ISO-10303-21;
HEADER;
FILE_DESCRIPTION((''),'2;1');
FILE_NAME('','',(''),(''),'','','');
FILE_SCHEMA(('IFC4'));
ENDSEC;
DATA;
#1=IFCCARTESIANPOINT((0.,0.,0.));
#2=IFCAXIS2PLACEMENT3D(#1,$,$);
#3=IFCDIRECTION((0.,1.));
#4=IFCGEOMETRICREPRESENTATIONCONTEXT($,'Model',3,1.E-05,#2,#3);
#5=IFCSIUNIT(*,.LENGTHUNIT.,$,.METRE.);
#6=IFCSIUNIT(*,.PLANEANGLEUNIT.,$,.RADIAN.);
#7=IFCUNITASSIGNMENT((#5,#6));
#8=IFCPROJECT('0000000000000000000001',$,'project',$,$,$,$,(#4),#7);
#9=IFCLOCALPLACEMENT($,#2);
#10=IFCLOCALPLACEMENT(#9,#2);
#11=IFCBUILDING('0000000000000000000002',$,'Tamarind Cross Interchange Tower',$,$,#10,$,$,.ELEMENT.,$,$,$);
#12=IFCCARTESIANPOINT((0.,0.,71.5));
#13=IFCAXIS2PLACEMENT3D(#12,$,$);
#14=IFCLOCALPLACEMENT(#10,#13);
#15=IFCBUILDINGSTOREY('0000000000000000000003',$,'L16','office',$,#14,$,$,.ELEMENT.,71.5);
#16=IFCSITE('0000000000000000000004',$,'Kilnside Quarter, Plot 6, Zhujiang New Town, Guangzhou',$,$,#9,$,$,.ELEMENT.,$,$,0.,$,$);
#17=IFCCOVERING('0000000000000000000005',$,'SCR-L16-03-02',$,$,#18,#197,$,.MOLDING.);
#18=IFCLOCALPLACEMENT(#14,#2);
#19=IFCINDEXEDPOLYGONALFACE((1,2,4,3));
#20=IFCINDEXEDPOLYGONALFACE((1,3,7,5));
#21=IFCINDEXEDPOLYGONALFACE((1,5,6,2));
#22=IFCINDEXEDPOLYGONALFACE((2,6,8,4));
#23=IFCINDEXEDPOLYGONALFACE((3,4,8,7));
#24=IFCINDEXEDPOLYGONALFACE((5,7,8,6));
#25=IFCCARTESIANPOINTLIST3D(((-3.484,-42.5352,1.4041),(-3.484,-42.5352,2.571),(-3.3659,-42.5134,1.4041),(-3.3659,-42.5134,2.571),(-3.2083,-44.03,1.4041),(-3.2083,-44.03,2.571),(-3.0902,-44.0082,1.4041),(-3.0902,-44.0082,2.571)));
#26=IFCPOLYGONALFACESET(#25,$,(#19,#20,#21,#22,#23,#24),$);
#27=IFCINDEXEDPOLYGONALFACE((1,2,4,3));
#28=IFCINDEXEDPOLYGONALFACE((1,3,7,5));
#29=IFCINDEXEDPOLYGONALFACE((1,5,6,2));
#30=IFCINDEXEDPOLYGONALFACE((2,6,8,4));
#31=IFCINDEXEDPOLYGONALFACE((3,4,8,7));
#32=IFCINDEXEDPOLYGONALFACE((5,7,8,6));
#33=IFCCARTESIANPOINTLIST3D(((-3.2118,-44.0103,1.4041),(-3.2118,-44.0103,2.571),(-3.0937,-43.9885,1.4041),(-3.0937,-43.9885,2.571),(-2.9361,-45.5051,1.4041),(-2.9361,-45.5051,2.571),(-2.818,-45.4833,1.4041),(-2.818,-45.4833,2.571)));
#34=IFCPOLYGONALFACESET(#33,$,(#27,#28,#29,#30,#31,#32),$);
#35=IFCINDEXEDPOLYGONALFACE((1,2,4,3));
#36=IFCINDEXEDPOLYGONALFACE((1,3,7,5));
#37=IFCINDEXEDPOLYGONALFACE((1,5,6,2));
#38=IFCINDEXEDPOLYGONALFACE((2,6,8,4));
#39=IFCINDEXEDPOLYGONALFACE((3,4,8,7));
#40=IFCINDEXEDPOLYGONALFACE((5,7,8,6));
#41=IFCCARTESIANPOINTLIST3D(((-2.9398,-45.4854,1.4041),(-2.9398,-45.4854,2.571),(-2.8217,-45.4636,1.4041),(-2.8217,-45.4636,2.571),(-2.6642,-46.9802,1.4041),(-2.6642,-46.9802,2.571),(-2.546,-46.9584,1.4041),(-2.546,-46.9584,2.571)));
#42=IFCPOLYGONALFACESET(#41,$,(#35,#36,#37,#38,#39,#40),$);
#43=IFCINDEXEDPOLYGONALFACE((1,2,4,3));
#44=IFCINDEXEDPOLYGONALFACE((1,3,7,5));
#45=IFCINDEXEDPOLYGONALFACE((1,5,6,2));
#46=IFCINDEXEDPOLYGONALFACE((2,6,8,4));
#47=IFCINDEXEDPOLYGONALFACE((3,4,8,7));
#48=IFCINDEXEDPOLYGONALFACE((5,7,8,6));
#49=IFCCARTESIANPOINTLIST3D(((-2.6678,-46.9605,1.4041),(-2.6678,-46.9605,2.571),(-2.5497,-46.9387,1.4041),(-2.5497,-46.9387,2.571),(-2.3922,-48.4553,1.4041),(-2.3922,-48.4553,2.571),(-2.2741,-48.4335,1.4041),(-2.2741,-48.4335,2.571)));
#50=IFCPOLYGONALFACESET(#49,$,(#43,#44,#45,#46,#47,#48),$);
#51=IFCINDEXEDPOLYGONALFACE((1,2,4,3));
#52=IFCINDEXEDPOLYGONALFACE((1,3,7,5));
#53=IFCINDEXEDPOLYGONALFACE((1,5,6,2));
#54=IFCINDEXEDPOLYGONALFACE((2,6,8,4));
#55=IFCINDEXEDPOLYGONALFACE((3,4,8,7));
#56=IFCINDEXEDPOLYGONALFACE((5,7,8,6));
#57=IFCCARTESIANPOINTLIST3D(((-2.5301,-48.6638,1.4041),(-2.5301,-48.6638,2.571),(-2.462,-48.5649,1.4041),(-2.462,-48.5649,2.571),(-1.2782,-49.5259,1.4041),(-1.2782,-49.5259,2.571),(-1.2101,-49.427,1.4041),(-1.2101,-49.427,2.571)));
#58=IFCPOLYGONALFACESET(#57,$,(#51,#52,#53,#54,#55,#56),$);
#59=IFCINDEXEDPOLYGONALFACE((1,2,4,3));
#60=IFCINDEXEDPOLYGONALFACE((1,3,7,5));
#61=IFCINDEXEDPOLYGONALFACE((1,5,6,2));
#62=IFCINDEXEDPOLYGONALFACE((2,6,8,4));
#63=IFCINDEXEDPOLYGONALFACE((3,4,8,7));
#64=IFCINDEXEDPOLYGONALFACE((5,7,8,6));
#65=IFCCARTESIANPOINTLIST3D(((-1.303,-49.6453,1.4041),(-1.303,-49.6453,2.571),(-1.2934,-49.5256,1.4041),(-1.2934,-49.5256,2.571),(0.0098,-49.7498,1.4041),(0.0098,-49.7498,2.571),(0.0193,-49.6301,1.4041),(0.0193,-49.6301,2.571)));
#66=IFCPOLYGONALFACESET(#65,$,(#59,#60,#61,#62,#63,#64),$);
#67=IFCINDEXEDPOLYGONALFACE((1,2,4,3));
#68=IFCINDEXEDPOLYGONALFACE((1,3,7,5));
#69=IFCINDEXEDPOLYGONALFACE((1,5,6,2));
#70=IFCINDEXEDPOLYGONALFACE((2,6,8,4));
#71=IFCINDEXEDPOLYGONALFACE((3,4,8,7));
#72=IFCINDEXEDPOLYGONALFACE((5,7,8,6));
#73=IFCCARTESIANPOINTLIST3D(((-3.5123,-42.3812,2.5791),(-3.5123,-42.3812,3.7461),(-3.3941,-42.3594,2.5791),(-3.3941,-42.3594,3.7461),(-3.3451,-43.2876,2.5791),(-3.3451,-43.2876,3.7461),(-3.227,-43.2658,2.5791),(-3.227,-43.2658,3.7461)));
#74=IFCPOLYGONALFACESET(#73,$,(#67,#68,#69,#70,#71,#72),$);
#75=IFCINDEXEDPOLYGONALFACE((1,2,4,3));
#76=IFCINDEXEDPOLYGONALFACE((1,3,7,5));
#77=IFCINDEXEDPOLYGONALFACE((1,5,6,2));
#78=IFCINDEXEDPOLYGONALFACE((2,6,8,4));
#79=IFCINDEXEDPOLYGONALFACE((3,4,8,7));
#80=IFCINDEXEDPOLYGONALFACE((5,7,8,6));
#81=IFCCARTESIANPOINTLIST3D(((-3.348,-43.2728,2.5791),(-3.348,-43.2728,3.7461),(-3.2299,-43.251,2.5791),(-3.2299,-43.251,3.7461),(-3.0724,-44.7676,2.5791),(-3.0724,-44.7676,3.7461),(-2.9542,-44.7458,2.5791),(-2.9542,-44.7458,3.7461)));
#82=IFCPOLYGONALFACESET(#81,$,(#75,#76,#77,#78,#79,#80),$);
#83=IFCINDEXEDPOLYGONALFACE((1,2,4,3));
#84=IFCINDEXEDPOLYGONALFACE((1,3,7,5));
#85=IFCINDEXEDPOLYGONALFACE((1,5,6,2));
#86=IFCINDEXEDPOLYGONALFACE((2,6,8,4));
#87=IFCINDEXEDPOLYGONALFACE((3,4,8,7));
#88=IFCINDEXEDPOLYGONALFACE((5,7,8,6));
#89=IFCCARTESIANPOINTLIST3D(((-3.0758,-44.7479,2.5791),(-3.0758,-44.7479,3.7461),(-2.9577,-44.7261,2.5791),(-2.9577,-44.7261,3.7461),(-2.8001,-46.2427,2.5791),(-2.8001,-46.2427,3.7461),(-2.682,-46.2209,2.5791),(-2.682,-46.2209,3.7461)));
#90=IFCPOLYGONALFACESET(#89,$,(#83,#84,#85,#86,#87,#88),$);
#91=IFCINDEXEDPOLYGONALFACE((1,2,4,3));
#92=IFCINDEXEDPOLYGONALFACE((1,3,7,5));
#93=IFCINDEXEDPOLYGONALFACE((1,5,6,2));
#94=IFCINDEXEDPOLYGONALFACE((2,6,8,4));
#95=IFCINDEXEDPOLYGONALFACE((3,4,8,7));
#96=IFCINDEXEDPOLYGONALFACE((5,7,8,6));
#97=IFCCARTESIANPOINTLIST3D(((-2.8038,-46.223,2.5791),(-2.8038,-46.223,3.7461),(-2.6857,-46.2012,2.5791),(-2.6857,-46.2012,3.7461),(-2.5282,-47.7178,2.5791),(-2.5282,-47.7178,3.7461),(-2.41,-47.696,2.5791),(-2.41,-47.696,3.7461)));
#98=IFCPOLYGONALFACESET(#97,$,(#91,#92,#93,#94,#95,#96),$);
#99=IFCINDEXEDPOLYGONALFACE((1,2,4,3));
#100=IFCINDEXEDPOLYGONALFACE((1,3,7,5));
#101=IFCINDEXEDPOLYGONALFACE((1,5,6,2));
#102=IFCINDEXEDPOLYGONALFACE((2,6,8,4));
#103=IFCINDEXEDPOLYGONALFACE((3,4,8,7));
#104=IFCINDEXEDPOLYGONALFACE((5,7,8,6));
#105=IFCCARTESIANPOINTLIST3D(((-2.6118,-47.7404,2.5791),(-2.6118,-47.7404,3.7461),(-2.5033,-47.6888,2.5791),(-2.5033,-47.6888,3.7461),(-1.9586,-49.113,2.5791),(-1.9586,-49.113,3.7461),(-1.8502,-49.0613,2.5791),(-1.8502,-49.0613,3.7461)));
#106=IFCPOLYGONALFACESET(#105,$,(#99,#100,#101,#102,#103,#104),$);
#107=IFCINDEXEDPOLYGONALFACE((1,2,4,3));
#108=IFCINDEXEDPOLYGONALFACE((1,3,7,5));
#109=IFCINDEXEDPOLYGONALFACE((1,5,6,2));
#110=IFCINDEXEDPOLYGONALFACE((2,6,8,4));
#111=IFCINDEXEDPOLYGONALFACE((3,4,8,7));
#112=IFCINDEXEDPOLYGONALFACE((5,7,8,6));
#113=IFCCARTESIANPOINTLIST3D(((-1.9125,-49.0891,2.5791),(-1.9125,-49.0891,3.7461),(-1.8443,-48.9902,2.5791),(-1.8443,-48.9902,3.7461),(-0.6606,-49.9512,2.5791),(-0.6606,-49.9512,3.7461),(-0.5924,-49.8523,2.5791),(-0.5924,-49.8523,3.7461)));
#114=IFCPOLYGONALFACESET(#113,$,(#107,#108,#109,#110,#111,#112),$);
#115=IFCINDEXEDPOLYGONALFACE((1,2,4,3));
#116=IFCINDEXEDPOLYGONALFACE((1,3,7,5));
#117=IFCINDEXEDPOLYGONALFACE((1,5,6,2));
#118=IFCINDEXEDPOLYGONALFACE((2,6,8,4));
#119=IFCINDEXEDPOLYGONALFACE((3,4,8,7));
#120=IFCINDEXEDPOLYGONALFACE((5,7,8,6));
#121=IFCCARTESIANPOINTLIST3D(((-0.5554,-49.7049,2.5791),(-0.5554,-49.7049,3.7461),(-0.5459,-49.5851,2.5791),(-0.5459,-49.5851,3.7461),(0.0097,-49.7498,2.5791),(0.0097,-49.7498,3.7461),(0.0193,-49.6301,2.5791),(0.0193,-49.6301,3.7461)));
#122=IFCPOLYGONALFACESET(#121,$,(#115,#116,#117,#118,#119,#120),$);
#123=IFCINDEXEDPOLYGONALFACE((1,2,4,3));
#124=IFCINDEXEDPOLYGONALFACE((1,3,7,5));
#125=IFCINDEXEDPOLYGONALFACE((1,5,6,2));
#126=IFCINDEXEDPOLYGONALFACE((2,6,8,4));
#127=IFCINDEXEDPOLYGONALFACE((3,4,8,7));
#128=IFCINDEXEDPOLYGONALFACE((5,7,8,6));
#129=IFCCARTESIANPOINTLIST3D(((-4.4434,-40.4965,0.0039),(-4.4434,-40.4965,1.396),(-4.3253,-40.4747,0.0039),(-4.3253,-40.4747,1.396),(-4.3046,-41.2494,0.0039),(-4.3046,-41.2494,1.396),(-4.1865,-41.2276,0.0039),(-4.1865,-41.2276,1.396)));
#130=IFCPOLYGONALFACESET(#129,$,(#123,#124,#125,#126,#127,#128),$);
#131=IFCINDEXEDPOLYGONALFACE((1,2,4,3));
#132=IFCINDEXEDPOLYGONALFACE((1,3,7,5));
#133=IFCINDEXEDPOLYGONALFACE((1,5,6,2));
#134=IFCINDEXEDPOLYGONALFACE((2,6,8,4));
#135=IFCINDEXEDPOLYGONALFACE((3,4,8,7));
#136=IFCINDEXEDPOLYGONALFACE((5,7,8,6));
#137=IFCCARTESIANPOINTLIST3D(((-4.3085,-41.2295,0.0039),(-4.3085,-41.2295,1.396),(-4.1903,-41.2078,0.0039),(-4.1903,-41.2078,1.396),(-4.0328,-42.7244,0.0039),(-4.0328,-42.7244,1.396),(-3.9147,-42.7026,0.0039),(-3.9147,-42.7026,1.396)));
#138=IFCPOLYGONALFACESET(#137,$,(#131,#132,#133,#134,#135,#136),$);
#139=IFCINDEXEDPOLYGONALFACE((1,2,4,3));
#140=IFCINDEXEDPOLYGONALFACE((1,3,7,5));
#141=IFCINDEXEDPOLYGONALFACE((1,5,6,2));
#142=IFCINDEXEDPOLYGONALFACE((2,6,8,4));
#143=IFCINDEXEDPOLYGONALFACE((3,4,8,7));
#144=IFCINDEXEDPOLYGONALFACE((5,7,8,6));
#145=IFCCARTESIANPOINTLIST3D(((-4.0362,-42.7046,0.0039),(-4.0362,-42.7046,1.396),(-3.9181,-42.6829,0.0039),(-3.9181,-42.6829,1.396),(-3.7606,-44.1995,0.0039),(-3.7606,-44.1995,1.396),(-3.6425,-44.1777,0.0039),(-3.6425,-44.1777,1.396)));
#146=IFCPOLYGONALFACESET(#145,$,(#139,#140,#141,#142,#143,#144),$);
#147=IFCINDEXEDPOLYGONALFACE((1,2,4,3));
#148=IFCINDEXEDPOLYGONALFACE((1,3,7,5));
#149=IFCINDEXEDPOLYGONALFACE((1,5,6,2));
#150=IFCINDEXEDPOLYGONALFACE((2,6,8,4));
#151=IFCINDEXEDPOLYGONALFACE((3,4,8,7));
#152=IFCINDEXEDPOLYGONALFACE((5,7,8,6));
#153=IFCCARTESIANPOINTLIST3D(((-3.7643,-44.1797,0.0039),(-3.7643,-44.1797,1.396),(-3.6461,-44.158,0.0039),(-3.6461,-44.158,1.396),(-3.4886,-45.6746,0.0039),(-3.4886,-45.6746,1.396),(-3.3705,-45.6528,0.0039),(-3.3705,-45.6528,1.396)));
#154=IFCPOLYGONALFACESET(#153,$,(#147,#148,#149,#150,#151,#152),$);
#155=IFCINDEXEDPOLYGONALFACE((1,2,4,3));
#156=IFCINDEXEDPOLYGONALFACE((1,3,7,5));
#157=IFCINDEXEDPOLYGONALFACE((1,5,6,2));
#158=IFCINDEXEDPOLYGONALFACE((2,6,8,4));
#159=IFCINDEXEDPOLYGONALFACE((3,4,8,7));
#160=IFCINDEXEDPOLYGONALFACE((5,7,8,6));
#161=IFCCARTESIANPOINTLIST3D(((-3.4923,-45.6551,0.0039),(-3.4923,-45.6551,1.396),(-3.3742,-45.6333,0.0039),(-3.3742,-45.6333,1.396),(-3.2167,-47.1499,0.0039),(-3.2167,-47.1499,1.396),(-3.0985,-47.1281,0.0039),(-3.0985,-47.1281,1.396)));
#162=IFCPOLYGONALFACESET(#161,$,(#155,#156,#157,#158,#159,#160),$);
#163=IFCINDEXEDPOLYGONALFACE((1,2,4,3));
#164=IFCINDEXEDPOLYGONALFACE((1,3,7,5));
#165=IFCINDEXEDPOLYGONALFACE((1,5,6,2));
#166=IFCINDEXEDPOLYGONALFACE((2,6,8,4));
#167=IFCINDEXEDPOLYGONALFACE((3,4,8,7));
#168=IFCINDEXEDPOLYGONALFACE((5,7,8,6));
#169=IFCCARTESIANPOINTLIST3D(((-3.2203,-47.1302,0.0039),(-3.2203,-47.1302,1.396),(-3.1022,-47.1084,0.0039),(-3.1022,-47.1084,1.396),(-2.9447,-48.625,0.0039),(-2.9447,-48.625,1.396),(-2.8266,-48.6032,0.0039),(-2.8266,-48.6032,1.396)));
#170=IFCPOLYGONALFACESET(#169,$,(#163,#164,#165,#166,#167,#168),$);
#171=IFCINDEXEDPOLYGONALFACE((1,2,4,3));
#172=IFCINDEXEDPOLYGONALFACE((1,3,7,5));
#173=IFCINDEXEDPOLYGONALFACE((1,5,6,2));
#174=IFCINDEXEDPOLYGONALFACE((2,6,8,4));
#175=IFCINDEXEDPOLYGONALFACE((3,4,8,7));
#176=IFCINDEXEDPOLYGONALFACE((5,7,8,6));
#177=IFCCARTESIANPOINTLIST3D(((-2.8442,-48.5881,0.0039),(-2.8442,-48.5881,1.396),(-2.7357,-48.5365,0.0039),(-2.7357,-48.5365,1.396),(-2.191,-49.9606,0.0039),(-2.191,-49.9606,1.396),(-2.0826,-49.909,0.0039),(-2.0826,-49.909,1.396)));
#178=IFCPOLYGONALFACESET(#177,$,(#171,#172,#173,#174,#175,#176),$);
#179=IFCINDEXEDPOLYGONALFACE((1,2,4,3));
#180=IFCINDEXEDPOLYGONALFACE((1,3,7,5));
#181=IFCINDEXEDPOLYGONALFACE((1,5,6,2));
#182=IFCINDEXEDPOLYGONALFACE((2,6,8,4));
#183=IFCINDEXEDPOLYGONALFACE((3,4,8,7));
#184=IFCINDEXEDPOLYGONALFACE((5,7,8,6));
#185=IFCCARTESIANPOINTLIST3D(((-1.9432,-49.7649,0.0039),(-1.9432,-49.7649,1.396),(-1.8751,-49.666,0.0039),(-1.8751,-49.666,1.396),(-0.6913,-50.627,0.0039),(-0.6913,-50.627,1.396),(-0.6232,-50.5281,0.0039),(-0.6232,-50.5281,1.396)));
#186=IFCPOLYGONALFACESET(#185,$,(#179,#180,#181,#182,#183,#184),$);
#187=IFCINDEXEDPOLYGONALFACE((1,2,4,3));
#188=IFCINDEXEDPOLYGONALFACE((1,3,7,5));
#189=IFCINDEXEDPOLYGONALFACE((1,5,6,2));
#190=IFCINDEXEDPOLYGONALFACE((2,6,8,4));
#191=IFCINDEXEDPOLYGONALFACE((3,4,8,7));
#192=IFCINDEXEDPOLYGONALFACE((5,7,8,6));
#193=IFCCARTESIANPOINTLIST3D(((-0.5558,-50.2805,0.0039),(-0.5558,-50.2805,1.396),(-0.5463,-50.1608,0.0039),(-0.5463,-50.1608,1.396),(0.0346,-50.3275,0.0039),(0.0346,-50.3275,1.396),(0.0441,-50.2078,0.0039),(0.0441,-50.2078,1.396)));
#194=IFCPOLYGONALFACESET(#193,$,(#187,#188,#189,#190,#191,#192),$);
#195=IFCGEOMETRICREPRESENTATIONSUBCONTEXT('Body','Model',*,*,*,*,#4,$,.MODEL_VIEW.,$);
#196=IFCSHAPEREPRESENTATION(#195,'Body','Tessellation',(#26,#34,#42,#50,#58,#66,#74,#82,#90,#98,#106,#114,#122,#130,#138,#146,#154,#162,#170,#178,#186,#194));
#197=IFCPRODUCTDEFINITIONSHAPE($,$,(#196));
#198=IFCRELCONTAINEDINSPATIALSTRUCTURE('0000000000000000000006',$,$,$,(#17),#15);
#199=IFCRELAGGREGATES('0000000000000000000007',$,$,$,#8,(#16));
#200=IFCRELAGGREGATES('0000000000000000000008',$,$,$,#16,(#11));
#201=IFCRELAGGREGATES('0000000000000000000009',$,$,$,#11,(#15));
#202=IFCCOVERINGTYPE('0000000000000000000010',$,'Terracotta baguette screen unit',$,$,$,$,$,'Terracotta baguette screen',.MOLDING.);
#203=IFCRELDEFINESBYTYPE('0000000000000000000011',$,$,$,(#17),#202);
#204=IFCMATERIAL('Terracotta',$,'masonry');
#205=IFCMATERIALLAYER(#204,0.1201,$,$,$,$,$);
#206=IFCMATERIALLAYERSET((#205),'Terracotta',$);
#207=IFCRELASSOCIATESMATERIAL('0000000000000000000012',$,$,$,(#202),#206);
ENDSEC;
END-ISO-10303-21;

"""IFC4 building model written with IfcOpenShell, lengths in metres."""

from ifc_helpers import new_model, si_unit, direction, frame, origin, origin_2d, place, context, subcontext, project, spatial, rectangle, extrude, material, layer, layer_set, type_object, element, save


model = new_model("IFC4")

# Units and contexts
model_context = context("Model", 3, precision=1e-05, world=origin(), true_north=direction((0.0, 1.0)))
body_context = subcontext(model_context, "Body", "Model", "MODEL_VIEW")
ifc_project = project(units=[si_unit("LENGTHUNIT", "METRE"), si_unit("PLANEANGLEUNIT", "RADIAN")], contexts=[model_context])

# Site, building, storey
site_placement = place(None, origin())
site = spatial("IfcSite", under=ifc_project, at=site_placement, Name="Kilnside Quarter, Plot 6, Zhujiang New Town, Guangzhou", CompositionType="ELEMENT", RefElevation=0.0)
building_placement = place(site_placement, origin())
building = spatial("IfcBuilding", under=site, at=building_placement, Name="Tamarind Cross Interchange Tower", CompositionType="ELEMENT")
storey_placement = place(building_placement, frame((0.0, 0.0, 71.5)))
storey = spatial("IfcBuildingStorey", under=building, at=storey_placement, Name="L16", Description="office", CompositionType="ELEMENT", Elevation=71.5)

# Covering
ifc_material_1 = material(Name="Terracotta", Category="masonry")
ifc_layer_1 = layer(ifc_material_1, 0.1201)
ifc_layer_set_1 = layer_set([ifc_layer_1], Name="Terracotta")
covering_type = type_object("IfcCoveringType", Name="Terracotta baguette screen unit", ElementType="Terracotta baguette screen", PredefinedType="MOLDING", material=ifc_layer_set_1)
covering_1_placement = place(storey_placement, origin())
element("IfcCovering", 1, at=covering_1_placement, inside=storey, type_object=covering_type, Name="SCR-L16-03-02", PredefinedType="MOLDING", context=body_context, shape_type="SweptSolid", body=[
    extrude(rectangle(XDim=1.52, YDim=0.1201, at=origin_2d()), frame((-3.2871, -43.2717, 1.4041), z_axis=(0.0, 0.0, 1.0), x_axis=(0.181343, -0.98342, 0.0)), (0.0, 0.0, 1.0), 1.167),
    extrude(rectangle(XDim=1.52, YDim=0.1201, at=origin_2d()), frame((-3.0149, -44.7468, 1.4041), z_axis=(0.0, 0.0, 1.0), x_axis=(0.181343, -0.98342, 0.0)), (0.0, 0.0, 1.0), 1.167),
    extrude(rectangle(XDim=1.52, YDim=0.1201, at=origin_2d()), frame((-2.7429, -46.2219, 1.4041), z_axis=(0.0, 0.0, 1.0), x_axis=(0.181343, -0.98342, 0.0)), (0.0, 0.0, 1.0), 1.167),
    extrude(rectangle(XDim=1.52, YDim=0.1201, at=origin_2d()), frame((-2.4709, -47.697, 1.4041), z_axis=(0.0, 0.0, 1.0), x_axis=(0.181343, -0.98342, 0.0)), (0.0, 0.0, 1.0), 1.167),
    extrude(rectangle(XDim=1.52, YDim=0.1201, at=origin_2d()), frame((-1.8701, -49.0454, 1.4041), z_axis=(0.0, 0.0, 1.0), x_axis=(0.823612, -0.567154, 0.0)), (0.0, 0.0, 1.0), 1.167),
    extrude(rectangle(XDim=1.3169, YDim=0.1201, at=origin_2d()), frame((-0.6418, -49.6377, 1.4041), z_axis=(0.0, 0.0, 1.0), x_axis=(0.996846, -0.079364, 0.0)), (0.0, 0.0, 1.0), 1.167),
    extrude(rectangle(XDim=0.9216, YDim=0.1201, at=origin_2d()), frame((-3.3696, -42.8235, 2.5791), z_axis=(0.0, 0.0, 1.0), x_axis=(0.181343, -0.98342, 0.0)), (0.0, 0.0, 1.0), 1.167),
    extrude(rectangle(XDim=1.52, YDim=0.1201, at=origin_2d()), frame((-3.1511, -44.0093, 2.5791), z_axis=(0.0, 0.0, 1.0), x_axis=(0.181343, -0.98342, 0.0)), (0.0, 0.0, 1.0), 1.167),
    extrude(rectangle(XDim=1.52, YDim=0.1201, at=origin_2d()), frame((-2.8789, -45.4844, 2.5791), z_axis=(0.0, 0.0, 1.0), x_axis=(0.181343, -0.98342, 0.0)), (0.0, 0.0, 1.0), 1.167),
    extrude(rectangle(XDim=1.52, YDim=0.1201, at=origin_2d()), frame((-2.6069, -46.9595, 2.5791), z_axis=(0.0, 0.0, 1.0), x_axis=(0.181343, -0.98342, 0.0)), (0.0, 0.0, 1.0), 1.167),
    extrude(rectangle(XDim=1.52, YDim=0.1201, at=origin_2d()), frame((-2.231, -48.4009, 2.5791), z_axis=(0.0, 0.0, 1.0), x_axis=(0.429692, -0.902976, 0.0)), (0.0, 0.0, 1.0), 1.167),
    extrude(rectangle(XDim=1.52, YDim=0.1201, at=origin_2d()), frame((-1.2524, -49.4707, 2.5791), z_axis=(0.0, 0.0, 1.0), x_axis=(0.823612, -0.567154, 0.0)), (0.0, 0.0, 1.0), 1.167),
    extrude(rectangle(XDim=0.5669, YDim=0.1201, at=origin_2d()), frame((-0.2681, -49.6675, 2.5791), z_axis=(0.0, 0.0, 1.0), x_axis=(0.996846, -0.079364, 0.0)), (0.0, 0.0, 1.0), 1.167),
    extrude(rectangle(XDim=0.7656, YDim=0.1201, at=origin_2d()), frame((-4.3149, -40.8621, 0.0039), z_axis=(0.0, 0.0, 1.0), x_axis=(0.181343, -0.98342, 0.0)), (0.0, 0.0, 1.0), 1.3921),
    extrude(rectangle(XDim=1.52, YDim=0.1201, at=origin_2d()), frame((-4.1116, -41.9661, 0.0039), z_axis=(0.0, 0.0, 1.0), x_axis=(0.181343, -0.98342, 0.0)), (0.0, 0.0, 1.0), 1.3921),
    extrude(rectangle(XDim=1.52, YDim=0.1201, at=origin_2d()), frame((-3.8394, -43.4412, 0.0039), z_axis=(0.0, 0.0, 1.0), x_axis=(0.181343, -0.98342, 0.0)), (0.0, 0.0, 1.0), 1.3921),
    extrude(rectangle(XDim=1.52, YDim=0.1201, at=origin_2d()), frame((-3.5674, -44.9163, 0.0039), z_axis=(0.0, 0.0, 1.0), x_axis=(0.181343, -0.98342, 0.0)), (0.0, 0.0, 1.0), 1.3921),
    extrude(rectangle(XDim=1.52, YDim=0.1201, at=origin_2d()), frame((-3.2954, -46.3916, 0.0039), z_axis=(0.0, 0.0, 1.0), x_axis=(0.181343, -0.98342, 0.0)), (0.0, 0.0, 1.0), 1.3921),
    extrude(rectangle(XDim=1.52, YDim=0.1201, at=origin_2d()), frame((-3.0234, -47.8667, 0.0039), z_axis=(0.0, 0.0, 1.0), x_axis=(0.181343, -0.98342, 0.0)), (0.0, 0.0, 1.0), 1.3921),
    extrude(rectangle(XDim=1.52, YDim=0.1201, at=origin_2d()), frame((-2.4634, -49.2485, 0.0039), z_axis=(0.0, 0.0, 1.0), x_axis=(0.429692, -0.902976, 0.0)), (0.0, 0.0, 1.0), 1.3921),
    extrude(rectangle(XDim=1.52, YDim=0.1201, at=origin_2d()), frame((-1.2832, -50.1465, 0.0039), z_axis=(0.0, 0.0, 1.0), x_axis=(0.823612, -0.567154, 0.0)), (0.0, 0.0, 1.0), 1.3921),
    extrude(rectangle(XDim=0.5923, YDim=0.1201, at=origin_2d()), frame((-0.2559, -50.2441, 0.0039), z_axis=(0.0, 0.0, 1.0), x_axis=(0.996846, -0.079364, 0.0)), (0.0, 0.0, 1.0), 1.3921),
])

save(model, "model.ifc")
